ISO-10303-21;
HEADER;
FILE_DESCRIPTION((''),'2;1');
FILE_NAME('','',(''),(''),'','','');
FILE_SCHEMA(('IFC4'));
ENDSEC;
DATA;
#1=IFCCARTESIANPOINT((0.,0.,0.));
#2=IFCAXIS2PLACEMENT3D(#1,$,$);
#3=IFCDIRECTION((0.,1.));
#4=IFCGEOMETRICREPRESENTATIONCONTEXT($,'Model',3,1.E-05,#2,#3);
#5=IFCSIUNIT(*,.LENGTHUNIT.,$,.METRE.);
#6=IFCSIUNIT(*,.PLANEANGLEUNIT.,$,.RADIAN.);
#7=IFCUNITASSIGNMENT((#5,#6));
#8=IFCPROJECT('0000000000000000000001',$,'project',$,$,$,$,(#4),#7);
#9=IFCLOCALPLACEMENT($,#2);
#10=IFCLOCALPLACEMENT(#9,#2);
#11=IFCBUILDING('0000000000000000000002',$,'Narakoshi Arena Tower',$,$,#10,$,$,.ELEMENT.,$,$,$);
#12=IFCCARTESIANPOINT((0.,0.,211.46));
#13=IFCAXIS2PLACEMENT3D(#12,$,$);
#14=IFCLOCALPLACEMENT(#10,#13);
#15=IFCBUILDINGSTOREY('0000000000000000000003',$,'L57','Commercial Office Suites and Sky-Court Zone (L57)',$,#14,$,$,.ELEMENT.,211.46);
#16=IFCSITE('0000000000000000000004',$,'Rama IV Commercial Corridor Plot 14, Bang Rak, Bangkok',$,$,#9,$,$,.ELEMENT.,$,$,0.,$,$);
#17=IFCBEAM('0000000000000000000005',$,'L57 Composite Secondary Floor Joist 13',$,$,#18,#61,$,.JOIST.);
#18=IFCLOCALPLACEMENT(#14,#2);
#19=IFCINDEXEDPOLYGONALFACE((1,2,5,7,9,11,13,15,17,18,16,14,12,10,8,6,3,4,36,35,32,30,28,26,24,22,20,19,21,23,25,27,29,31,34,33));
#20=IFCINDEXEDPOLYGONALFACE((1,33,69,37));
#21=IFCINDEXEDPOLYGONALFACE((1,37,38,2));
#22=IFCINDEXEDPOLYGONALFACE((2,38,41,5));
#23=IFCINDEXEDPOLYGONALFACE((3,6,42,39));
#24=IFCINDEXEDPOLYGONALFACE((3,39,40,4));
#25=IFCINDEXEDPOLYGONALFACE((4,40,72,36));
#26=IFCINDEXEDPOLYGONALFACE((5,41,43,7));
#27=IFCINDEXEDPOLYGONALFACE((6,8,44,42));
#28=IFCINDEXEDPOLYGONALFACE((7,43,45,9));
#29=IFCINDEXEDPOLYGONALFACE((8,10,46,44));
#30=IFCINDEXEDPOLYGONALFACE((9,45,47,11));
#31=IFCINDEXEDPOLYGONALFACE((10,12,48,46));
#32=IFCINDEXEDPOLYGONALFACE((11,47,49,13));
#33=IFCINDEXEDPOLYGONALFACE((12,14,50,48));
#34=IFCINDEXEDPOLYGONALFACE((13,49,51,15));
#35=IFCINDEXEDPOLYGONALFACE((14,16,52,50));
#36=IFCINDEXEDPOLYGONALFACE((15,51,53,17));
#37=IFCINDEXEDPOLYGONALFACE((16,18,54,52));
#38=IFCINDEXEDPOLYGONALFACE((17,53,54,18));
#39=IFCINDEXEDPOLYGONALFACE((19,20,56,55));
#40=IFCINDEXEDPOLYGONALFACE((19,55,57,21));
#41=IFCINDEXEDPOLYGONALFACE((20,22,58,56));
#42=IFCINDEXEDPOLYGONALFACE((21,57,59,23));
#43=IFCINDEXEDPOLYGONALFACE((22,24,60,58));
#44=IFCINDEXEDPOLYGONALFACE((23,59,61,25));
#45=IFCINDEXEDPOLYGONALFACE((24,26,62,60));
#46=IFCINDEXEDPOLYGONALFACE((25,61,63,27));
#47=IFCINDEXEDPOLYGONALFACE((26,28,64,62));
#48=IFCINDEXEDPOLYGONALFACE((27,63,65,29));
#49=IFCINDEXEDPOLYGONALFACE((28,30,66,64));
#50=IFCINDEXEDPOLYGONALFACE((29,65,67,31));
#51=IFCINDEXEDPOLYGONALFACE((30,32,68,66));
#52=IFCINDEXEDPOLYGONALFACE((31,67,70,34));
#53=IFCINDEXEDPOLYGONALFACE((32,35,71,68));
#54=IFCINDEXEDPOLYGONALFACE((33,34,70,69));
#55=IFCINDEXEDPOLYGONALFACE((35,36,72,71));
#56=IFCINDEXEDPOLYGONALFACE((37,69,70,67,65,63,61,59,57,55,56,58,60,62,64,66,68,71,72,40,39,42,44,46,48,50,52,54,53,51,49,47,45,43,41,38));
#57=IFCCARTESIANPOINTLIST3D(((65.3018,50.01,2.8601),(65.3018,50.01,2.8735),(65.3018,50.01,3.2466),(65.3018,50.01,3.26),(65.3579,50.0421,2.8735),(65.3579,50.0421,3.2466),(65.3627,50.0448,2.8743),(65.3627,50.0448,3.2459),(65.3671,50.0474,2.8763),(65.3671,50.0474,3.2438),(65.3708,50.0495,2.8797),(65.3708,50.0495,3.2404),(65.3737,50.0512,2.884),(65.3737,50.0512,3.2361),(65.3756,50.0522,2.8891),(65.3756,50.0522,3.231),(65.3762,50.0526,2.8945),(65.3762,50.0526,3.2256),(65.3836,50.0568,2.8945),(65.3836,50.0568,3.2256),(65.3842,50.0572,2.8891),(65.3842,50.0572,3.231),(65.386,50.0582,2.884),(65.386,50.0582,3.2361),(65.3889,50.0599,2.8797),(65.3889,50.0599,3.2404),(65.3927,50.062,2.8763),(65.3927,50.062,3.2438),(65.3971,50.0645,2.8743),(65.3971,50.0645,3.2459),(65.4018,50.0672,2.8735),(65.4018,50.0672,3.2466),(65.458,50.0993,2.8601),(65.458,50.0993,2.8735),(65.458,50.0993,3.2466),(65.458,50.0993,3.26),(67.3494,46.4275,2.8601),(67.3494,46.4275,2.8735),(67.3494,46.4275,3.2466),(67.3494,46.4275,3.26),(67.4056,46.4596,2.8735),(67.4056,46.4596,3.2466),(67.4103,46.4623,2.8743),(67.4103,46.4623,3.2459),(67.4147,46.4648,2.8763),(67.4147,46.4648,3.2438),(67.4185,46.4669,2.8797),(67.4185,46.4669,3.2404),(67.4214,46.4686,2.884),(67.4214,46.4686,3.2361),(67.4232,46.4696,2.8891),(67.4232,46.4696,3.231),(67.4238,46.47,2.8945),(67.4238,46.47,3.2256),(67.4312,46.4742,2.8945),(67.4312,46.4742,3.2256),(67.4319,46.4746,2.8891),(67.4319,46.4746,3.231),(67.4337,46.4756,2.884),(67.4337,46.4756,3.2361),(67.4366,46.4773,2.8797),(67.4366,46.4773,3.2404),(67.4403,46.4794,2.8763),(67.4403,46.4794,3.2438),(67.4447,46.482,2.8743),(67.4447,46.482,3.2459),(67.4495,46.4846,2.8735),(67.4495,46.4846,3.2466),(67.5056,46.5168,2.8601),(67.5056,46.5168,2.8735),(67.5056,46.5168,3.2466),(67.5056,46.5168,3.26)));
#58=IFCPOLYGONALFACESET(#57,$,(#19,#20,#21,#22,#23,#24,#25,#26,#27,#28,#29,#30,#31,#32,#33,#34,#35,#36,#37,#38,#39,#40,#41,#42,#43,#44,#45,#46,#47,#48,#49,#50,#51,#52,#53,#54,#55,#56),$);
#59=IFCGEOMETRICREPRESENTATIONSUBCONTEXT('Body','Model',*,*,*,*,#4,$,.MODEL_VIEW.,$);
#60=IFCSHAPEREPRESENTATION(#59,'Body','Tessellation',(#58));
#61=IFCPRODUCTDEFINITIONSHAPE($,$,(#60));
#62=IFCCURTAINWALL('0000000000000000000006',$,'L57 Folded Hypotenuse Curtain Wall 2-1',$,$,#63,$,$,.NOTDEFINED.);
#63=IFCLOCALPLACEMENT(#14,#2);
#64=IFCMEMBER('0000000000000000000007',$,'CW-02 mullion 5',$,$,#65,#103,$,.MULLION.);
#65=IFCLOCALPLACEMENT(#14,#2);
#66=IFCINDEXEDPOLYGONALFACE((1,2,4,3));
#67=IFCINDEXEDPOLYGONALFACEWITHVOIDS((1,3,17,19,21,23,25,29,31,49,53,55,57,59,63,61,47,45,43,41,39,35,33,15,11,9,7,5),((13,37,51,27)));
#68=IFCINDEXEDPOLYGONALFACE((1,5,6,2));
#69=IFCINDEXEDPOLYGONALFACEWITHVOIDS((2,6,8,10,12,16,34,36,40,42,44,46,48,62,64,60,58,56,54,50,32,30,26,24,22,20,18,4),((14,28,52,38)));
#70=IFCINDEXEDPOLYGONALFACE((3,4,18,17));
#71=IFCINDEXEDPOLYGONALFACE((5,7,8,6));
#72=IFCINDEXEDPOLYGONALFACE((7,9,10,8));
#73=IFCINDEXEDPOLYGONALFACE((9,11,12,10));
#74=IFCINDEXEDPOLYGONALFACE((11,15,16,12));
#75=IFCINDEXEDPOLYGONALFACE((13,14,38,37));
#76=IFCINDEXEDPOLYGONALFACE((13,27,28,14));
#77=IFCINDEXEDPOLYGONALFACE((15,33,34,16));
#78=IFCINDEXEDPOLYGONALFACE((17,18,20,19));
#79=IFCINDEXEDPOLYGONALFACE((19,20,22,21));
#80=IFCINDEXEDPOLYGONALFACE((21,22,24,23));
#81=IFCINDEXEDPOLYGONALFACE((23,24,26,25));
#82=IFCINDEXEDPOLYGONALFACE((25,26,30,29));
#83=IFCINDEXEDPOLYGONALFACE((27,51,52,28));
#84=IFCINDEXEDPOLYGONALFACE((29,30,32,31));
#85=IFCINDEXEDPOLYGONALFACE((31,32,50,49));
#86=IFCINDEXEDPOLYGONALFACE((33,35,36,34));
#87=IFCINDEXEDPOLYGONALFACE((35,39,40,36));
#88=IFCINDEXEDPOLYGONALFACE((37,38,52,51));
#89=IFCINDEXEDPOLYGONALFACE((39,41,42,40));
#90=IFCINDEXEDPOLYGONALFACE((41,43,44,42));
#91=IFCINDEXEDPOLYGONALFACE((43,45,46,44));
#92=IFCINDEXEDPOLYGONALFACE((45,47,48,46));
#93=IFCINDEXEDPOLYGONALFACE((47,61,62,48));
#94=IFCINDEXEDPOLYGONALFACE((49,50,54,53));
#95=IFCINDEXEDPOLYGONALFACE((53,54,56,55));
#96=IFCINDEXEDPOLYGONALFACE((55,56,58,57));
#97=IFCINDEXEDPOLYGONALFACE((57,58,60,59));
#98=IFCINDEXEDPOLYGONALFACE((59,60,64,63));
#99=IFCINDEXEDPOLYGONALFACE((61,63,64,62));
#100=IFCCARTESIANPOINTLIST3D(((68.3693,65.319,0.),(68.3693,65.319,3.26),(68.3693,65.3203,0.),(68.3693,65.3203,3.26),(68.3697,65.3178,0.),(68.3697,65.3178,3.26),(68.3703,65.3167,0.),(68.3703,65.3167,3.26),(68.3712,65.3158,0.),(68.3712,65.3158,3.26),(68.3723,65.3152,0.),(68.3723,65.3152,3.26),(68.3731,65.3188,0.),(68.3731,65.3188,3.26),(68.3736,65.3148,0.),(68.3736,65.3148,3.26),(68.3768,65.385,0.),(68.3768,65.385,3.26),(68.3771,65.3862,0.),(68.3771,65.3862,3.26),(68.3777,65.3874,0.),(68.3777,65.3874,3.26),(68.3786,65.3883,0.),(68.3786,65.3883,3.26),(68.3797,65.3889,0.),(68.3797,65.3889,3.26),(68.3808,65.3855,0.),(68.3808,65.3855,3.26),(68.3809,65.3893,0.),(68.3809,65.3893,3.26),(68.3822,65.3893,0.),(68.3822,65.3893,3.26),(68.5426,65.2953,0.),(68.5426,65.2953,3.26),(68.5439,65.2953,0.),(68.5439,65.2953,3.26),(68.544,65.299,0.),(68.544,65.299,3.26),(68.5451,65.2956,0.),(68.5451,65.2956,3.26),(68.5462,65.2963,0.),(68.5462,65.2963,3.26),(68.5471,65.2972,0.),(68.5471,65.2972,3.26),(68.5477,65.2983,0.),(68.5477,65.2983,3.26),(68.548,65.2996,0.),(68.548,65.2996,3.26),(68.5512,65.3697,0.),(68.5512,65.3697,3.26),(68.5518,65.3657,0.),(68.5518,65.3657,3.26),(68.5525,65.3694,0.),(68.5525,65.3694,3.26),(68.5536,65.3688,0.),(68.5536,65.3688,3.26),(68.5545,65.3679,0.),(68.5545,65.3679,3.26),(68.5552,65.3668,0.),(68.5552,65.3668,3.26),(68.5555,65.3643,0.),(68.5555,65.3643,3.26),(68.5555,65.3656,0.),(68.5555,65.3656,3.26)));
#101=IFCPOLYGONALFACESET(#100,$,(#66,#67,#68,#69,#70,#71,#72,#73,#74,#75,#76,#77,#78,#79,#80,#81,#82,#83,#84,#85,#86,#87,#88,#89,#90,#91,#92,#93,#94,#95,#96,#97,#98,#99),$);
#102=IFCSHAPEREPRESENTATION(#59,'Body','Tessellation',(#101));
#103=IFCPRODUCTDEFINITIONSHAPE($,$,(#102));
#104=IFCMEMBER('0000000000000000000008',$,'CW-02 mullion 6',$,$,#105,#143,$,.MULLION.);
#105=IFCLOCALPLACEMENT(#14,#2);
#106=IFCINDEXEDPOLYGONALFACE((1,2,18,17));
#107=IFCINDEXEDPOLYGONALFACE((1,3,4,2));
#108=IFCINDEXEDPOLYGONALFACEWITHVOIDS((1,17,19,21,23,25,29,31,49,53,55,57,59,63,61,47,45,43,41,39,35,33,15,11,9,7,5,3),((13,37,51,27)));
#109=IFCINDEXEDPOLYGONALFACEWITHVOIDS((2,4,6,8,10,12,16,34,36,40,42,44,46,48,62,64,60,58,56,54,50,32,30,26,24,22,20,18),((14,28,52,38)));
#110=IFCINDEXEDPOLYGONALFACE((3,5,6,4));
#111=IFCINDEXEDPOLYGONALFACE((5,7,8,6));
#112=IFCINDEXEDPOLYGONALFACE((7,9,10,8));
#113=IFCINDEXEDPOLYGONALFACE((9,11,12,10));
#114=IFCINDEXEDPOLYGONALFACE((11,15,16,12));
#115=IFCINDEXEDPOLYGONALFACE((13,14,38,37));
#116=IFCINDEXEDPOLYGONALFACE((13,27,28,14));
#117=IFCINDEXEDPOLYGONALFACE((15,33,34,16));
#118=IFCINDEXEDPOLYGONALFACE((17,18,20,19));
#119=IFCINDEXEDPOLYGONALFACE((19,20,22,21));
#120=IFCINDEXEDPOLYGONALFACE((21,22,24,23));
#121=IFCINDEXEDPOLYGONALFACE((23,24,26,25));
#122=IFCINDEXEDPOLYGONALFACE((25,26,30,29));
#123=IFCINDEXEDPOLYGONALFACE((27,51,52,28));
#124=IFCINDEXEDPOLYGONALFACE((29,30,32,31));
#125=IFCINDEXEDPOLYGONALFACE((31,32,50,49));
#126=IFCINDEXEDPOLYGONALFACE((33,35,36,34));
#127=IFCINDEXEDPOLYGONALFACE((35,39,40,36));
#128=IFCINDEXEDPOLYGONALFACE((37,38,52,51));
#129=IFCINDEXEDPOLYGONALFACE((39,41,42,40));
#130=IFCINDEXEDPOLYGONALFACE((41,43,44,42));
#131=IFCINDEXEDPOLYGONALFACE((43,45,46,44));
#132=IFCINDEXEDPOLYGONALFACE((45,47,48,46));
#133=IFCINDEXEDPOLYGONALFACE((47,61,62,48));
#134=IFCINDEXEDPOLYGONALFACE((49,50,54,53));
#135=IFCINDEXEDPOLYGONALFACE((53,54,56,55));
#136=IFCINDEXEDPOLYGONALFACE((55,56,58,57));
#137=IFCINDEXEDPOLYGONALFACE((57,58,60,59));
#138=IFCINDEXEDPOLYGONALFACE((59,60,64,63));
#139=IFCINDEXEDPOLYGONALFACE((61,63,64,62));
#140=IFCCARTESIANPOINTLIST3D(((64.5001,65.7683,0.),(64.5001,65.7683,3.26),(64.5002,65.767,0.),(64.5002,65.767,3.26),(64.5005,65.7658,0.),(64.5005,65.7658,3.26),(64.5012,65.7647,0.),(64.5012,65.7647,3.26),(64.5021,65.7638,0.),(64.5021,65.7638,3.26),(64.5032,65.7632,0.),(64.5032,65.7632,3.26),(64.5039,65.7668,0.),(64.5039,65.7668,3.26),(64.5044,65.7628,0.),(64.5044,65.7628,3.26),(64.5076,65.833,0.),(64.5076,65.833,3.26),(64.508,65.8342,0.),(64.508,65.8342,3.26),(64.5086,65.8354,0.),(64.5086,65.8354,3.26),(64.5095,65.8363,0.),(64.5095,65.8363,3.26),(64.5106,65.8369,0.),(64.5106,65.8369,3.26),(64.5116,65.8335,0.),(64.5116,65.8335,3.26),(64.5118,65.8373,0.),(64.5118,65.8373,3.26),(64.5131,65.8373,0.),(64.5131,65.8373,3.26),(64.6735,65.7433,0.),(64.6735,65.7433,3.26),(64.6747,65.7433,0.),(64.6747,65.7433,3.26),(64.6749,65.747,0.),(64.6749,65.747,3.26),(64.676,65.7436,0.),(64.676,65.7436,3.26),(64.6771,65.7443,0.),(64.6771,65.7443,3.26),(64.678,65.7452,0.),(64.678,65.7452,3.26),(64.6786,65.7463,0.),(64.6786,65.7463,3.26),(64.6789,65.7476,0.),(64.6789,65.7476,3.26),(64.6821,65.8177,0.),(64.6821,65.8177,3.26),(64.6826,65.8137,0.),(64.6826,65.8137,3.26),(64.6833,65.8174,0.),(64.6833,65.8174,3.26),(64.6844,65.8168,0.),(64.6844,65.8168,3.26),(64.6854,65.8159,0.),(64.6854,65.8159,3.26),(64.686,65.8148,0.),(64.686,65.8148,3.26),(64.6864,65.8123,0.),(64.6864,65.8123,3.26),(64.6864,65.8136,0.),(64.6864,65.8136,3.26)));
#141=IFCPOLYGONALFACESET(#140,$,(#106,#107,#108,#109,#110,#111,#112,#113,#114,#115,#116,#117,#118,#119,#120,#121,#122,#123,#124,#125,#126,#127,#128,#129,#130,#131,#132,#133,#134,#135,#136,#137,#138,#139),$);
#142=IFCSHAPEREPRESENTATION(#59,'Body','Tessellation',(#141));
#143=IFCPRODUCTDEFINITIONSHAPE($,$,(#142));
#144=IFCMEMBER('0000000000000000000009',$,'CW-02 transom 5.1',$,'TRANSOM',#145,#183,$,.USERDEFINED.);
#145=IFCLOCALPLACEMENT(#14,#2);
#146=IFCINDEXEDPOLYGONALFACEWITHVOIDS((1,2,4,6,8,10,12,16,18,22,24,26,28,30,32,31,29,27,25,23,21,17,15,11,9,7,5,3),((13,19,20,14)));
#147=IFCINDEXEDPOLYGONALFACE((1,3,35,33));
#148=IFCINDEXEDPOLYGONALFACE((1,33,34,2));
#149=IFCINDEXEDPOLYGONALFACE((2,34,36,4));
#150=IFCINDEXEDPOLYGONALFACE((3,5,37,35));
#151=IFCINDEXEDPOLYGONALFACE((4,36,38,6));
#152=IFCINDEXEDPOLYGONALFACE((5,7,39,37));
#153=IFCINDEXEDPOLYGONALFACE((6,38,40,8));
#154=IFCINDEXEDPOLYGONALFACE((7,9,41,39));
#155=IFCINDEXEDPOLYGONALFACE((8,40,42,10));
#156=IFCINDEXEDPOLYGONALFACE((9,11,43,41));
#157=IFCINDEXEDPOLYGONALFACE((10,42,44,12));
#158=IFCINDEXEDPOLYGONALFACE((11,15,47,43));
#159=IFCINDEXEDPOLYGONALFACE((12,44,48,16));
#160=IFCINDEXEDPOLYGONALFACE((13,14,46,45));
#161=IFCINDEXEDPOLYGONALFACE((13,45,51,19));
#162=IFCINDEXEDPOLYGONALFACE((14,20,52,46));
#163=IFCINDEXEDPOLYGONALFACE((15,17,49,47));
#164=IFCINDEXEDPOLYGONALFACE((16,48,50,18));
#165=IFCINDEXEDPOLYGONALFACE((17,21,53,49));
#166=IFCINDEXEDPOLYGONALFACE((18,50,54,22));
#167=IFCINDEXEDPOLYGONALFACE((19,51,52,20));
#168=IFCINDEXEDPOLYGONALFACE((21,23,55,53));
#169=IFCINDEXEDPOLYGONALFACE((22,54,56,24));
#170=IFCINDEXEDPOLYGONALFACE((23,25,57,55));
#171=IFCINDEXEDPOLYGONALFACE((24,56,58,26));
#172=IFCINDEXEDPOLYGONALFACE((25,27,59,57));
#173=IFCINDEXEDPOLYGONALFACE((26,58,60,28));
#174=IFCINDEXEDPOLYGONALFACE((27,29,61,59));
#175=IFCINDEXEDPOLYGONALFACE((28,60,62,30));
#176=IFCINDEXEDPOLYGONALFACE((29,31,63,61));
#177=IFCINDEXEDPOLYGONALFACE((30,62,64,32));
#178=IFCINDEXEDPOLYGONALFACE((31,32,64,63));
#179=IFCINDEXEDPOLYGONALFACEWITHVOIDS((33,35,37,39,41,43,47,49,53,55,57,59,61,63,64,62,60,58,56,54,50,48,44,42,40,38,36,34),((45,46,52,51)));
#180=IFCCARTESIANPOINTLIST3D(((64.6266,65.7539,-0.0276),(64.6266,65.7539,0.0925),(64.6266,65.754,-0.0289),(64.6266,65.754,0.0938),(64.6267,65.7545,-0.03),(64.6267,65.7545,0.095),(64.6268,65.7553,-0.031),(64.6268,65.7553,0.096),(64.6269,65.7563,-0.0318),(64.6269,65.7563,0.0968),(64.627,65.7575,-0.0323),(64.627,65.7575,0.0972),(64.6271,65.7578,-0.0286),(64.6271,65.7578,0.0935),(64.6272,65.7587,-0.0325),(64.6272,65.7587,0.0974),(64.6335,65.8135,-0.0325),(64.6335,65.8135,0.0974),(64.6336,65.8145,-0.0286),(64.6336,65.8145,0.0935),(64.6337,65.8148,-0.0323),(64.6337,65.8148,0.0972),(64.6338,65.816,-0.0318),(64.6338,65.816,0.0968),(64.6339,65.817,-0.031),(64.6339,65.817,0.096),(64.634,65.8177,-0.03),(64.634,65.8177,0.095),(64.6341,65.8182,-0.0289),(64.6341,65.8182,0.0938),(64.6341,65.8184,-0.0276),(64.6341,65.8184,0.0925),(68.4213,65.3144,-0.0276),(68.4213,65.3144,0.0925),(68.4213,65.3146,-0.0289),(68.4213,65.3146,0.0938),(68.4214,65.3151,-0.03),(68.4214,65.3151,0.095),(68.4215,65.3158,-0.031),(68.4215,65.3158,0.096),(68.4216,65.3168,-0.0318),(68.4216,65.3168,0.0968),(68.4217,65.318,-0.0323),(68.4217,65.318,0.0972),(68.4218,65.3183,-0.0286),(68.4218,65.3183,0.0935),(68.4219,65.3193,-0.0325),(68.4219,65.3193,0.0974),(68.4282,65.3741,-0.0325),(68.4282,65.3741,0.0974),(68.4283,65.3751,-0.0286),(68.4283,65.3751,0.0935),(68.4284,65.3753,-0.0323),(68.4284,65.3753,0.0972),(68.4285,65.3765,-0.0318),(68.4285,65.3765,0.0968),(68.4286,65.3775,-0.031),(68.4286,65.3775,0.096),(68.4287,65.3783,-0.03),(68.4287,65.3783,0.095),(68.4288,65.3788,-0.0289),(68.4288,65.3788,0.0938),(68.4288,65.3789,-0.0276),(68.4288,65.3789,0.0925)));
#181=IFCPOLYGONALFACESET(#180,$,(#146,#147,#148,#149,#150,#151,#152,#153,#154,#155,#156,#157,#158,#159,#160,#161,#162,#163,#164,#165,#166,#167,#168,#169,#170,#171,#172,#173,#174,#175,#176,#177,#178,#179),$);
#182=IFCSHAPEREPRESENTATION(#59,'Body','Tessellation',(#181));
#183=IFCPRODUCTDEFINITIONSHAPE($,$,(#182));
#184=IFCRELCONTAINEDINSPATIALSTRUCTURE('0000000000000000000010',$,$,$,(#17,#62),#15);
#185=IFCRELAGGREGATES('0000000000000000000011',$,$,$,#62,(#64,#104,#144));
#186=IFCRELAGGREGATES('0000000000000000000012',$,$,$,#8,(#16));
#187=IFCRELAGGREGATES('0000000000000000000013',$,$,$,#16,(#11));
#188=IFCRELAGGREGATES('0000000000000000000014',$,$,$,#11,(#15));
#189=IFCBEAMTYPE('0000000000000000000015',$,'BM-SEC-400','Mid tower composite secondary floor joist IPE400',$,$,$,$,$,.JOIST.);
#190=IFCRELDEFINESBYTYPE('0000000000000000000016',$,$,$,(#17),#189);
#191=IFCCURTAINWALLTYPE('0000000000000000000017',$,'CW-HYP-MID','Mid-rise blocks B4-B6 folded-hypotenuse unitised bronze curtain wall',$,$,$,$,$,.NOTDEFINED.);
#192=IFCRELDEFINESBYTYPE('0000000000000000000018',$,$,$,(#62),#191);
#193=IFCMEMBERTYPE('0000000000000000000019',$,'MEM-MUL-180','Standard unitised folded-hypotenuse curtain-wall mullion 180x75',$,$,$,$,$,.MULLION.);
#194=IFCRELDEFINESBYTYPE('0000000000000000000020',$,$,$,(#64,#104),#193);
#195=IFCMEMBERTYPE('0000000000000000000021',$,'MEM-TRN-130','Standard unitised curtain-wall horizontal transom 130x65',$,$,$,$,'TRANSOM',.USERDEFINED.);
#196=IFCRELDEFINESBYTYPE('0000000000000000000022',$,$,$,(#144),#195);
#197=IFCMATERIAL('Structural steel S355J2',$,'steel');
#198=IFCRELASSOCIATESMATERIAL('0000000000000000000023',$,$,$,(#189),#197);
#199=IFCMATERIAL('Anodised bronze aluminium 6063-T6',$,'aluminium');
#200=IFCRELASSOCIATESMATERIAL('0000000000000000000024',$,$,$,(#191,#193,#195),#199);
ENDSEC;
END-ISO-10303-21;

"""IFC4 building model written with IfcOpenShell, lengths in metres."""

from ifc_helpers import new_model, si_unit, direction, frame, origin, origin_2d, place, context, subcontext, project, spatial, hollow_rectangle, i_section, extrude, material, material_profile, profile_set, type_object, element, aggregate, save


model = new_model("IFC4")

# Units and contexts
model_context = context("Model", 3, precision=1e-05, world=origin(), true_north=direction((0.0, 1.0)))
body_context = subcontext(model_context, "Body", "Model", "MODEL_VIEW")
ifc_project = project(units=[si_unit("LENGTHUNIT", "METRE"), si_unit("PLANEANGLEUNIT", "RADIAN")], contexts=[model_context])

# Site, building, storey
site_placement = place(None, origin())
site = spatial("IfcSite", under=ifc_project, at=site_placement, Name="Rama IV Commercial Corridor Plot 14, Bang Rak, Bangkok", CompositionType="ELEMENT", RefElevation=0.0)
building_placement = place(site_placement, origin())
building = spatial("IfcBuilding", under=site, at=building_placement, Name="Narakoshi Arena Tower", CompositionType="ELEMENT")
storey_placement = place(building_placement, frame((0.0, 0.0, 211.46)))
storey = spatial("IfcBuildingStorey", under=building, at=storey_placement, Name="L57", Description="Commercial Office Suites and Sky-Court Zone (L57)", CompositionType="ELEMENT", Elevation=211.46)

# Beam
ifc_material_1 = material(Name="Structural steel S355J2", Category="steel")
ifc_material_profile_1 = material_profile(ifc_material_1, i_section(OverallWidth=0.1799, OverallDepth=0.3999, WebThickness=0.0085, FlangeThickness=0.0134, FilletRadius=0.021, at=origin_2d()), Name="IPE400")
ifc_profile_set_1 = profile_set([ifc_material_profile_1], Name="Structural steel S355J2")
beam_type_1 = type_object("IfcBeamType", Name="BM-SEC-400", Description="Mid tower composite secondary floor joist IPE400", PredefinedType="JOIST", material=ifc_profile_set_1)
beam_1_placement = place(storey_placement, frame((65.3799, 50.0547, 3.0601), z_axis=(0.496222, -0.868196, 0.0), x_axis=(0.868196, 0.496222, 0.0)))
element("IfcBeam", 1, at=beam_1_placement, inside=storey, type_object=beam_type_1, Name="L57 Composite Secondary Floor Joist 13", PredefinedType="JOIST", context=body_context, shape_type="SweptSolid", body=[
    extrude(i_section(OverallWidth=0.1799, OverallDepth=0.3999, WebThickness=0.0085, FlangeThickness=0.0134, FilletRadius=0.021, at=origin_2d()), origin(), (0.0, 0.0, 1.0), 4.1265),
])

# Curtain wall, members
ifc_material_2 = material(Name="Anodised bronze aluminium 6063-T6", Category="aluminium")
curtain_wall_type = type_object("IfcCurtainWallType", Name="CW-HYP-MID", Description="Mid-rise blocks B4-B6 folded-hypotenuse unitised bronze curtain wall", PredefinedType="NOTDEFINED", material=ifc_material_2)
curtain_wall_placement = place(storey_placement, origin())
curtain_wall = element("IfcCurtainWall", 2, at=curtain_wall_placement, inside=storey, type_object=curtain_wall_type, Name="L57 Folded Hypotenuse Curtain Wall 2-1", PredefinedType="NOTDEFINED")
ifc_material_profile_2 = material_profile(ifc_material_2, hollow_rectangle(XDim=0.075, YDim=0.1799, WallThickness=0.0039, OuterFilletRadius=0.0049, at=origin_2d()), Name="MUL180x75x4")
ifc_profile_set_2 = profile_set([ifc_material_profile_2], Name="Anodised bronze aluminium 6063-T6")
member_type_1 = type_object("IfcMemberType", Name="MEM-MUL-180", Description="Standard unitised folded-hypotenuse curtain-wall mullion 180x75", PredefinedType="MULLION", material=ifc_profile_set_2)
member_1_placement = place(storey_placement, frame((68.4624, 65.3423, 0.0), z_axis=(0.0, 0.0, 1.0), x_axis=(-0.115011, -0.993364, 0.0)))
member_1 = element("IfcMember", 3, at=member_1_placement, type_object=member_type_1, Name="CW-02 mullion 5", PredefinedType="MULLION", context=body_context, shape_type="SweptSolid", body=[
    extrude(hollow_rectangle(XDim=0.075, YDim=0.1799, WallThickness=0.0039, OuterFilletRadius=0.0049, at=origin_2d()), origin(), (0.0, 0.0, 1.0), 3.26),
])
member_2_placement = place(storey_placement, frame((64.5933, 65.7903, 0.0), z_axis=(0.0, 0.0, 1.0), x_axis=(-0.115011, -0.993364, 0.0)))
member_2 = element("IfcMember", 4, at=member_2_placement, type_object=member_type_1, Name="CW-02 mullion 6", PredefinedType="MULLION", context=body_context, shape_type="SweptSolid", body=[
    extrude(hollow_rectangle(XDim=0.075, YDim=0.1799, WallThickness=0.0039, OuterFilletRadius=0.0049, at=origin_2d()), origin(), (0.0, 0.0, 1.0), 3.26),
])
ifc_material_profile_3 = material_profile(ifc_material_2, hollow_rectangle(XDim=0.0649, YDim=0.1299, WallThickness=0.0039, OuterFilletRadius=0.0049, at=origin_2d()), Name="TRN130x65x4")
ifc_profile_set_3 = profile_set([ifc_material_profile_3], Name="Anodised bronze aluminium 6063-T6")
member_type_2 = type_object("IfcMemberType", Name="MEM-TRN-130", Description="Standard unitised curtain-wall horizontal transom 130x65", ElementType="TRANSOM", PredefinedType="USERDEFINED", material=ifc_profile_set_3)
member_3_placement = place(storey_placement, frame((68.425, 65.3467, 0.0325), z_axis=(-0.993361, 0.115039, 0.0), x_axis=(-0.115039, -0.993361, 0.0)))
member_3 = element("IfcMember", 5, at=member_3_placement, type_object=member_type_2, Name="CW-02 transom 5.1", ObjectType="TRANSOM", PredefinedType="USERDEFINED", context=body_context, shape_type="SweptSolid", body=[
    extrude(hollow_rectangle(XDim=0.0649, YDim=0.1299, WallThickness=0.0039, OuterFilletRadius=0.0049, at=origin_2d()), origin(), (0.0, 0.0, 1.0), 3.8201),
])
aggregate(curtain_wall, [member_1, member_2, member_3])

save(model, "model.ifc")
